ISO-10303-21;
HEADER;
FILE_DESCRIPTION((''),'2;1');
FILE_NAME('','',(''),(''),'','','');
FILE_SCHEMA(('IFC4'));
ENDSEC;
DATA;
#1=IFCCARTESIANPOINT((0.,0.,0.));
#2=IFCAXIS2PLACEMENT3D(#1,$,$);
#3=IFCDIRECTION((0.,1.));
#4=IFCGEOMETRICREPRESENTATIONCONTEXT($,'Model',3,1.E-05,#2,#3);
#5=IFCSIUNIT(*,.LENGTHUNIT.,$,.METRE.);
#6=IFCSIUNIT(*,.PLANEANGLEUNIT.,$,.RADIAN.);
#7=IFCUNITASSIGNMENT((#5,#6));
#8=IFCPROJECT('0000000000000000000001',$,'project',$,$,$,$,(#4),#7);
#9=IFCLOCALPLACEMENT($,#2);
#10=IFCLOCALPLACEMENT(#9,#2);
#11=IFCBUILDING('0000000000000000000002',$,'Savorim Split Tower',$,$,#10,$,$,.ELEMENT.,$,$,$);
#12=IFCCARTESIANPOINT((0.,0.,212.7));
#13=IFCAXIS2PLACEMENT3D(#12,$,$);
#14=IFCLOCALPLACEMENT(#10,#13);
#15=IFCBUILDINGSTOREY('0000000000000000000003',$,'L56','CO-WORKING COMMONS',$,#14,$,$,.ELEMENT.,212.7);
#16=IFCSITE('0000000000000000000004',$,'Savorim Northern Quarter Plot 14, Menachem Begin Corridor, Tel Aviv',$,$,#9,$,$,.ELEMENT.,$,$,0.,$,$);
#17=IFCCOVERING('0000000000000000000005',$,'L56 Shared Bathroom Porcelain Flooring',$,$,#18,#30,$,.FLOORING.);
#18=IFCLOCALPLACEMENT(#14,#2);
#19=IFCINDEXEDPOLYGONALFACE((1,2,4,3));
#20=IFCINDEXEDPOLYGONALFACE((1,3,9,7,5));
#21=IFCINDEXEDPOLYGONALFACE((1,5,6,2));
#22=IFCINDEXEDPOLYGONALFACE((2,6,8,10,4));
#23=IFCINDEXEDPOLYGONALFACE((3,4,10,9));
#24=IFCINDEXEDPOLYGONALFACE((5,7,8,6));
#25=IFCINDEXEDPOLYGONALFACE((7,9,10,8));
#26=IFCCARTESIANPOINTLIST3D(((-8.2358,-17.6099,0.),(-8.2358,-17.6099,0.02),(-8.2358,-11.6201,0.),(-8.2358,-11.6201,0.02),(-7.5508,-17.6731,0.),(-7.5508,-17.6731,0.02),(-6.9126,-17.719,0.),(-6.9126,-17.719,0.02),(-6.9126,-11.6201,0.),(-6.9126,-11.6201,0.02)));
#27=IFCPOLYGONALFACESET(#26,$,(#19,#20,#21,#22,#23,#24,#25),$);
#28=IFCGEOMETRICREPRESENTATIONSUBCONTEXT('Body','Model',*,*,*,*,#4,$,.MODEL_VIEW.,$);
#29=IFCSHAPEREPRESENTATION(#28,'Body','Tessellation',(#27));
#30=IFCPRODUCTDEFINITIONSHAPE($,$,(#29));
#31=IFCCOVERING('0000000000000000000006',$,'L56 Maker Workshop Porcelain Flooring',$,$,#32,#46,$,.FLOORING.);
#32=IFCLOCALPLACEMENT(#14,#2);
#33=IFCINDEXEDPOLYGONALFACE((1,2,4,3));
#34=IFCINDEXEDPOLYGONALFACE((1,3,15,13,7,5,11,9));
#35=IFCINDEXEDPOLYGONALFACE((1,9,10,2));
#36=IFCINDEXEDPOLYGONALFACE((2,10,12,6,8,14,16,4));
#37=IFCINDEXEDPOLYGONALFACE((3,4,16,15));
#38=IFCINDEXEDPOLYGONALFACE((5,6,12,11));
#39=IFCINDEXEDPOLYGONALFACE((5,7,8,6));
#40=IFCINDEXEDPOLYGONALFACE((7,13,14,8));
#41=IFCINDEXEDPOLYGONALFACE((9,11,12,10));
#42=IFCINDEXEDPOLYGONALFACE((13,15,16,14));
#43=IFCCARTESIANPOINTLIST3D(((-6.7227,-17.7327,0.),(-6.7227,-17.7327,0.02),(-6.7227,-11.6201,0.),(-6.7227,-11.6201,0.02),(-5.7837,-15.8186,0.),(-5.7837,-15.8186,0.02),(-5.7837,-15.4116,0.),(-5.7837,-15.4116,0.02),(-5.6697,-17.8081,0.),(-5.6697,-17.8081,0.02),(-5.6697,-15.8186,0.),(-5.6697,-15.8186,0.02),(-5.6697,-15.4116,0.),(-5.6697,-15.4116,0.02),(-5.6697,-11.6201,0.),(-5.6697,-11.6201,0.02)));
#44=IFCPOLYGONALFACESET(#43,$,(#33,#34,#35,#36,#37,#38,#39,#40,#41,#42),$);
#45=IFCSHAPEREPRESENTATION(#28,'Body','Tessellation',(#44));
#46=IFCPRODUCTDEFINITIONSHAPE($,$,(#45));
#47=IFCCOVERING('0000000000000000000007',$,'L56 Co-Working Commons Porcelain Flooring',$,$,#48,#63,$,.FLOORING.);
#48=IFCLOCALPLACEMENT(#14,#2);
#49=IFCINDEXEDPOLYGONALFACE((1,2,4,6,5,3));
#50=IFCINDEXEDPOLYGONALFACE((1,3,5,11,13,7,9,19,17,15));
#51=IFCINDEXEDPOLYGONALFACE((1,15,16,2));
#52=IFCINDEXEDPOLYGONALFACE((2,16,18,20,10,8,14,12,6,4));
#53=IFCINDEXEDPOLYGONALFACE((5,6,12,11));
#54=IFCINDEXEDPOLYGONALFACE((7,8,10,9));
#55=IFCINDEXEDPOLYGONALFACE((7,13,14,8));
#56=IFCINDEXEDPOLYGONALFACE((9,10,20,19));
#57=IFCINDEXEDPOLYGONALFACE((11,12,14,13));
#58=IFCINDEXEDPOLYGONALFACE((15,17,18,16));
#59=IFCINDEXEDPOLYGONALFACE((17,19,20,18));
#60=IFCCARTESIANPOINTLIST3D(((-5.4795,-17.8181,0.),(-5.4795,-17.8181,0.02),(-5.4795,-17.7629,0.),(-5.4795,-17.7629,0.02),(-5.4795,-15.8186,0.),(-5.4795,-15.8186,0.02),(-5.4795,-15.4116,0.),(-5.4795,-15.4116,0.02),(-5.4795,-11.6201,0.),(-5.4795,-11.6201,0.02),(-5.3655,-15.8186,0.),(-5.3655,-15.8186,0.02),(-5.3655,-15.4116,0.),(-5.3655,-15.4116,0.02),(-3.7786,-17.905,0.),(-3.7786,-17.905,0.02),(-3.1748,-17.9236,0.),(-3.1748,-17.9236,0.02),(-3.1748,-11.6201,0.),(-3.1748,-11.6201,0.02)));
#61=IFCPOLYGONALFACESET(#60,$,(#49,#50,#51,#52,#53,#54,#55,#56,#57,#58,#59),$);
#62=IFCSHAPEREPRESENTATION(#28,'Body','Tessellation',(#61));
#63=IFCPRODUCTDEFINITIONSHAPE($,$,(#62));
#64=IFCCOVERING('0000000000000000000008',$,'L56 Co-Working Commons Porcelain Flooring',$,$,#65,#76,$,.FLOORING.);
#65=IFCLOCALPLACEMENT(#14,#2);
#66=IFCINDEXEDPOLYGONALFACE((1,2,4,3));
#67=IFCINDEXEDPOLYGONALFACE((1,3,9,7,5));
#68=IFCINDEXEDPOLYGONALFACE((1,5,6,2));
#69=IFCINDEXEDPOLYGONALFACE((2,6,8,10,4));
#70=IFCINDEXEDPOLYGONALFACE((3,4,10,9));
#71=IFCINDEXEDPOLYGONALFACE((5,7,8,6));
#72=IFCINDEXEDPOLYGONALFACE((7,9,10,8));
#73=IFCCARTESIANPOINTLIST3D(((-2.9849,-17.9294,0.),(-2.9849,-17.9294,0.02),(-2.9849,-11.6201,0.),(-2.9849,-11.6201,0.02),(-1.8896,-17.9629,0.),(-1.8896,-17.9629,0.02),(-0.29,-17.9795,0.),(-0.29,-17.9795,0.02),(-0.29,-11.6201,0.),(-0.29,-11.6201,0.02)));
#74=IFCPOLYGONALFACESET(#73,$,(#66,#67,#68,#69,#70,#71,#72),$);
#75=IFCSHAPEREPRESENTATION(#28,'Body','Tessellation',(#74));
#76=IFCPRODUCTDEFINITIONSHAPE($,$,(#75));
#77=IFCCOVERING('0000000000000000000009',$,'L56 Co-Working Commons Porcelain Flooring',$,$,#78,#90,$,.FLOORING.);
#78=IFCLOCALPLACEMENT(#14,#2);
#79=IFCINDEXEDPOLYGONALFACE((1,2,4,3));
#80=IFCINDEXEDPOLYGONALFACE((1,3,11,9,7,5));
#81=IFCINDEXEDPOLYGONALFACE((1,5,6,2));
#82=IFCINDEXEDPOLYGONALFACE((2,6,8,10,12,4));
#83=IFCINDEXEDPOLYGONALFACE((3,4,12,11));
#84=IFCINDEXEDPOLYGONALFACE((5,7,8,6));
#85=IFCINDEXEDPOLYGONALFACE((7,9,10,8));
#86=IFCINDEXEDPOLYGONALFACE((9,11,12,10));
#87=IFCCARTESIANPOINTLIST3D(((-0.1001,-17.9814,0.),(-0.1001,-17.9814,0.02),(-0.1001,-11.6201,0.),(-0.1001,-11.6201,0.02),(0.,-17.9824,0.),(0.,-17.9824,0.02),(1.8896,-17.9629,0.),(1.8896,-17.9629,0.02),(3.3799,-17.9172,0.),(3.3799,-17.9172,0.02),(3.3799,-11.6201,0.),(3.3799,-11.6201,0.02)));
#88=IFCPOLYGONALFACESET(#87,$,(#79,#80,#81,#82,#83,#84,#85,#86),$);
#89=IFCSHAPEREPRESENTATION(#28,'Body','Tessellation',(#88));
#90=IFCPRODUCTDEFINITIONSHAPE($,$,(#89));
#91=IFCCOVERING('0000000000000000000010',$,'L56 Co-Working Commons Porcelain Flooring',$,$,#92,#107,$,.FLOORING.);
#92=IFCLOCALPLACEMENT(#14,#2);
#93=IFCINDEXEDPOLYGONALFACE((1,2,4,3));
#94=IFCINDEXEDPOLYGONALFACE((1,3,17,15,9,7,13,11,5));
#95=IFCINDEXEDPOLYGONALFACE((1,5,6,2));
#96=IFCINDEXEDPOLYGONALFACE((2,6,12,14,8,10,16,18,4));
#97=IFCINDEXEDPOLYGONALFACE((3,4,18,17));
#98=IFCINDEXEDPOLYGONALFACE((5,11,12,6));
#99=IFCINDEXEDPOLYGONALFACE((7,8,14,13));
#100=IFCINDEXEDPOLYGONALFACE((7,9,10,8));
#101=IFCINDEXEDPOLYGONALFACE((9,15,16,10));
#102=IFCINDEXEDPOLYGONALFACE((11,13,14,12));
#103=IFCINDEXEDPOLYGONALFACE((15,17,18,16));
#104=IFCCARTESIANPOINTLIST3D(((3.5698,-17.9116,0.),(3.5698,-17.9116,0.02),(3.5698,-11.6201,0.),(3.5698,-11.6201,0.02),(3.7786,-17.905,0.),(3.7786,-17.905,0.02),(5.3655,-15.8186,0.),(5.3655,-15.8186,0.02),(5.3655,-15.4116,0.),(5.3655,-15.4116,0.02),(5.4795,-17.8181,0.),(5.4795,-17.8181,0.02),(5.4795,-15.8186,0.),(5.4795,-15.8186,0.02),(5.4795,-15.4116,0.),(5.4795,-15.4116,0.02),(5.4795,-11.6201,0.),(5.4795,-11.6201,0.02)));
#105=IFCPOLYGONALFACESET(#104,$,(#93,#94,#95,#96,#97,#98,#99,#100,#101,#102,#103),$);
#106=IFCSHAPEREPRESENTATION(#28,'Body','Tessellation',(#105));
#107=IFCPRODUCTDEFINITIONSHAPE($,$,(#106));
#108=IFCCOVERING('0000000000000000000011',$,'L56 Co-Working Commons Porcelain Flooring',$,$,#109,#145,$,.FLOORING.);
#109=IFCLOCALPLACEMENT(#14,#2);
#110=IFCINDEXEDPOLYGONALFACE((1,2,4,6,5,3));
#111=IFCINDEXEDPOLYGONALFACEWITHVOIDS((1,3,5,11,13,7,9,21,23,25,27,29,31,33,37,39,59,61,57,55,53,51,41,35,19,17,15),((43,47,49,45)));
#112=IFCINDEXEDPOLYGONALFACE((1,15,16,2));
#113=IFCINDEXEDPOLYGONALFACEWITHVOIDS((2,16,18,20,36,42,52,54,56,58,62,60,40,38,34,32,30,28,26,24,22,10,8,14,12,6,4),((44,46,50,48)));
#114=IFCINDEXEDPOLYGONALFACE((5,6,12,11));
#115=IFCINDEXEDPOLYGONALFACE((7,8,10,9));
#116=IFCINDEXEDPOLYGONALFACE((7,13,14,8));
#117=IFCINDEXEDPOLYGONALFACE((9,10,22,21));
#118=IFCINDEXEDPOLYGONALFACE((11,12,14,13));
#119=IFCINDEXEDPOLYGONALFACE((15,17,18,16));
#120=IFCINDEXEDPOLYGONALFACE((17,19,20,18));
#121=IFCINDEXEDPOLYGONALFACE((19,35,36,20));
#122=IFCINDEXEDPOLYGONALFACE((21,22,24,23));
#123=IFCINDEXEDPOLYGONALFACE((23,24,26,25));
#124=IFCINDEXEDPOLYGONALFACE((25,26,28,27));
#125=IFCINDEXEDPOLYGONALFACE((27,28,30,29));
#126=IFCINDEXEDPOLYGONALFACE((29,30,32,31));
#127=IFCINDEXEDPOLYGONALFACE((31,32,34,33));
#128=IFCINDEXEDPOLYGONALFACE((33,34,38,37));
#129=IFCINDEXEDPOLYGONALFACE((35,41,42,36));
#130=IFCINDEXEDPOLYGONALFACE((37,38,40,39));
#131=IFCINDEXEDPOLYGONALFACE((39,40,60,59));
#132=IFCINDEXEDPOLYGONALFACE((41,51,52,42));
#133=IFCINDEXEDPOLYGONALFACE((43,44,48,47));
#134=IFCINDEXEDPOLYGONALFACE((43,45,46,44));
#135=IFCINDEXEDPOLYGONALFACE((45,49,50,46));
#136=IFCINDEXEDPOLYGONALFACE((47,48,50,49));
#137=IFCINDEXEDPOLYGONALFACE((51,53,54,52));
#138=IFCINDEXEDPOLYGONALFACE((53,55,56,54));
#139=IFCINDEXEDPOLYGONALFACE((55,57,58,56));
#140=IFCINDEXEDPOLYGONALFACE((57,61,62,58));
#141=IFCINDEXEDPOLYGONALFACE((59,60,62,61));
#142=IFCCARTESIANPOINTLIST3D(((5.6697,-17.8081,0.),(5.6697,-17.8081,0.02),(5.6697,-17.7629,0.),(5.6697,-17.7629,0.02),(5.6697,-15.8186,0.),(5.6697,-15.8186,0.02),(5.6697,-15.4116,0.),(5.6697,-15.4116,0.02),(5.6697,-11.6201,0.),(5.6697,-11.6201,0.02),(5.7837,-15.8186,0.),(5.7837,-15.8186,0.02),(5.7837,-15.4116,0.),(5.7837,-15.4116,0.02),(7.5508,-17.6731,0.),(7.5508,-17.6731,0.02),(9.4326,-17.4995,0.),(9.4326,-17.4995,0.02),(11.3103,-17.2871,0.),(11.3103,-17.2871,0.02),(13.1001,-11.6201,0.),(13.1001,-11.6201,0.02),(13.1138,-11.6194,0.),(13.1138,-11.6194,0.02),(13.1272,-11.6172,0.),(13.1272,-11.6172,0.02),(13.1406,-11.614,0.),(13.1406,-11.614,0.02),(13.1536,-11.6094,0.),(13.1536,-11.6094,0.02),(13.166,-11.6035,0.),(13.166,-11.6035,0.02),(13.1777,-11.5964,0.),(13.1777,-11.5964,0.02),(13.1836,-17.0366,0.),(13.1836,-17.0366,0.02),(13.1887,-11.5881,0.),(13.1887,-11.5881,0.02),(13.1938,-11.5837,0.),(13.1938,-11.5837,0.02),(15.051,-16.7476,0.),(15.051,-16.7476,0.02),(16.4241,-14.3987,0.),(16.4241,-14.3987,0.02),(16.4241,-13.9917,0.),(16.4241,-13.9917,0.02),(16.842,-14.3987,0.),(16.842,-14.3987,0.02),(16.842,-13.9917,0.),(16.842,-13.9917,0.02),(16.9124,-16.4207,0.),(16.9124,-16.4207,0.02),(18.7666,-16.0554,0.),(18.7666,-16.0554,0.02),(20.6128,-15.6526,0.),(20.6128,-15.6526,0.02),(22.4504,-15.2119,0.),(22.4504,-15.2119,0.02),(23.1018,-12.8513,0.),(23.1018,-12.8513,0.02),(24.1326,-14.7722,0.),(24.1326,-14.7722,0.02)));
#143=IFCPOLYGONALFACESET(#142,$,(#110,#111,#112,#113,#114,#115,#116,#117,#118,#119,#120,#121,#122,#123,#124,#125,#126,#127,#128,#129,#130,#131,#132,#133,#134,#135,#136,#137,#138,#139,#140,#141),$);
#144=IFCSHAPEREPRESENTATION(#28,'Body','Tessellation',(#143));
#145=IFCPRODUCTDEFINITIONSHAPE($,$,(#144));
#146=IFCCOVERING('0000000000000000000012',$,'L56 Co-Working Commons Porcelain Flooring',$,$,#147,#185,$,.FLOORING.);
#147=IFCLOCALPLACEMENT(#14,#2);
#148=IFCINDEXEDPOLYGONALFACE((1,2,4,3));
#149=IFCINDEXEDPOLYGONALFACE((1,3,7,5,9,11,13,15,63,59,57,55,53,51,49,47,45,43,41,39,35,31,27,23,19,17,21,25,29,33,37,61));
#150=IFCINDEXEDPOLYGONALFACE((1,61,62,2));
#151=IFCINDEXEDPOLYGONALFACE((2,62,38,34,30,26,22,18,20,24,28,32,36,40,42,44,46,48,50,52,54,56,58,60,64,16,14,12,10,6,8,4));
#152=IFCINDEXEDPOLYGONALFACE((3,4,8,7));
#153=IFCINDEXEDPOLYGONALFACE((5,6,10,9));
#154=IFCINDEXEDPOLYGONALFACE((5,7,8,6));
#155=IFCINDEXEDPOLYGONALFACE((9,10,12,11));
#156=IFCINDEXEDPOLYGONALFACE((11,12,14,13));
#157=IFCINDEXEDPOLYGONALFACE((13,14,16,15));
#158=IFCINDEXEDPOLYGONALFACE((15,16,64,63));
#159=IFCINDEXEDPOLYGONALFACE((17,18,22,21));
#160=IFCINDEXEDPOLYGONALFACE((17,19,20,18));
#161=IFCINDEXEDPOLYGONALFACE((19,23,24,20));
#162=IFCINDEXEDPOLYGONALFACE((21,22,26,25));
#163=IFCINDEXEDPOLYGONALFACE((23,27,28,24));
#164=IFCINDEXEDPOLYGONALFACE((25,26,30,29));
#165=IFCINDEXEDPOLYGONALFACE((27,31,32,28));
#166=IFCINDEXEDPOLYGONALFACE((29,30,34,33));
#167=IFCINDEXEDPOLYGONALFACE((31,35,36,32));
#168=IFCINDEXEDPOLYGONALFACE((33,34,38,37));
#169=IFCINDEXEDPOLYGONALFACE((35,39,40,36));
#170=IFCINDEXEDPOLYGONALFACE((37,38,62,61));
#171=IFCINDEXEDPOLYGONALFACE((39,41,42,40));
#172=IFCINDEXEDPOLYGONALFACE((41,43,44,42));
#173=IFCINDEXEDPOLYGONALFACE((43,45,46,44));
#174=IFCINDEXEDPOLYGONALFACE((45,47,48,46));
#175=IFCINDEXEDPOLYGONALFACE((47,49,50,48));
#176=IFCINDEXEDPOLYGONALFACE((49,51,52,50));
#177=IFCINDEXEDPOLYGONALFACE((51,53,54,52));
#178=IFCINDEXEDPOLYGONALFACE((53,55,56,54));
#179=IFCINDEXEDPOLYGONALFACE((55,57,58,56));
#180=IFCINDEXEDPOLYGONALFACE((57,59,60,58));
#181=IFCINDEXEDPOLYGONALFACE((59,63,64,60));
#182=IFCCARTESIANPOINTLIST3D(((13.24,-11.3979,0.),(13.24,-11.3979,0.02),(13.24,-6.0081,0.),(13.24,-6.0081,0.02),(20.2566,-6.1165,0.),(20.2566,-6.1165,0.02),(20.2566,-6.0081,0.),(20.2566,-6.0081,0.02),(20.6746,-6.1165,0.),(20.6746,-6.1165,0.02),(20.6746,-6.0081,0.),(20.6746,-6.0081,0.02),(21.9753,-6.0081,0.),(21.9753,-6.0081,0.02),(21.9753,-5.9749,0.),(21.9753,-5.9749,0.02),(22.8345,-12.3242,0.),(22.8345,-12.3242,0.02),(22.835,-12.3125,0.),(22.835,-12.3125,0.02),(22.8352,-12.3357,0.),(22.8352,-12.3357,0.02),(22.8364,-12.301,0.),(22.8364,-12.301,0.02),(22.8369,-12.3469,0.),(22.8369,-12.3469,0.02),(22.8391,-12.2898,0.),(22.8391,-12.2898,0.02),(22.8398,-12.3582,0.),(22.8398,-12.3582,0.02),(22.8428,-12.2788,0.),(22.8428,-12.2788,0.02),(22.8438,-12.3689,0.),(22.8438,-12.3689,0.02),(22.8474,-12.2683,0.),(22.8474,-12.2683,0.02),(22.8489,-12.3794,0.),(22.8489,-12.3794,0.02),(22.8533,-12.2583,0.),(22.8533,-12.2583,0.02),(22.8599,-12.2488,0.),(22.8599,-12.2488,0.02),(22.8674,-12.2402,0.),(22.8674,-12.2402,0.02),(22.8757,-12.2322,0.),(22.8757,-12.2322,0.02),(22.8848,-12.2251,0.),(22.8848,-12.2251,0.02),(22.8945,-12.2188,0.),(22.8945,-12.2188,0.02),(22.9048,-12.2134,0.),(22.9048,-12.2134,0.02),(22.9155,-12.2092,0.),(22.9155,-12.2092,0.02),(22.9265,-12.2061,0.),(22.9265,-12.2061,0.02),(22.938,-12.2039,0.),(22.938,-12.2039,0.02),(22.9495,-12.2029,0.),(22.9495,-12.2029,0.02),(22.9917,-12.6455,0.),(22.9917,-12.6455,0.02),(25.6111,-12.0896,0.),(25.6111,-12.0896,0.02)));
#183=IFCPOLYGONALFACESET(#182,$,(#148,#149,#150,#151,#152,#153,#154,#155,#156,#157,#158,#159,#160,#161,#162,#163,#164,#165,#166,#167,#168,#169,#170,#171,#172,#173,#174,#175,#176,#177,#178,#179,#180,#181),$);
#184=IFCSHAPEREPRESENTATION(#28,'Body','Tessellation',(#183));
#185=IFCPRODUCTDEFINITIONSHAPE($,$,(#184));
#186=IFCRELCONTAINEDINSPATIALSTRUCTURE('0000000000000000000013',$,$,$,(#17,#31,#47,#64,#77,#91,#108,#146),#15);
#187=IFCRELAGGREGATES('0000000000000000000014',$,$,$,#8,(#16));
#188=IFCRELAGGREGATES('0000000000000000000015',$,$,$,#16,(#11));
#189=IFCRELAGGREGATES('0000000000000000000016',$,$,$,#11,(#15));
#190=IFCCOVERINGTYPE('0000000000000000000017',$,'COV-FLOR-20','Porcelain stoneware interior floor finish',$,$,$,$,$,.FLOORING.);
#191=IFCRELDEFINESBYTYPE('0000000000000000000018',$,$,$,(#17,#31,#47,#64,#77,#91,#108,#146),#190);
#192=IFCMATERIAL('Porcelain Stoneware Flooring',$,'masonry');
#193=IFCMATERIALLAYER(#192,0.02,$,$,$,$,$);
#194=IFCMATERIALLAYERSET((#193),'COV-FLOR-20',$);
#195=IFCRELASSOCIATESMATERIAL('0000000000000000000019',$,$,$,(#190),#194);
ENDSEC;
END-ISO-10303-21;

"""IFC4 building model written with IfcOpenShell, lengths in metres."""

from ifc_helpers import new_model, si_unit, direction, frame, origin, place, context, subcontext, project, spatial, polyline, outline, extrude, material, layer, layer_set, type_object, element, save


model = new_model("IFC4")

# Units and contexts
model_context = context("Model", 3, precision=1e-05, world=origin(), true_north=direction((0.0, 1.0)))
body_context = subcontext(model_context, "Body", "Model", "MODEL_VIEW")
ifc_project = project(units=[si_unit("LENGTHUNIT", "METRE"), si_unit("PLANEANGLEUNIT", "RADIAN")], contexts=[model_context])

# Site, building, storey
site_placement = place(None, origin())
site = spatial("IfcSite", under=ifc_project, at=site_placement, Name="Savorim Northern Quarter Plot 14, Menachem Begin Corridor, Tel Aviv", CompositionType="ELEMENT", RefElevation=0.0)
building_placement = place(site_placement, origin())
building = spatial("IfcBuilding", under=site, at=building_placement, Name="Savorim Split Tower", CompositionType="ELEMENT")
storey_placement = place(building_placement, frame((0.0, 0.0, 212.7)))
storey = spatial("IfcBuildingStorey", under=building, at=storey_placement, Name="L56", Description="CO-WORKING COMMONS", CompositionType="ELEMENT", Elevation=212.7)

# Coverings
ifc_material_1 = material(Name="Porcelain Stoneware Flooring", Category="masonry")
ifc_layer_1 = layer(ifc_material_1, 0.02)
ifc_layer_set_1 = layer_set([ifc_layer_1], Name="COV-FLOR-20")
covering_type_1 = type_object("IfcCoveringType", Name="COV-FLOR-20", Description="Porcelain stoneware interior floor finish", PredefinedType="FLOORING", material=ifc_layer_set_1)
covering_1_placement = place(storey_placement, origin())
element("IfcCovering", 1, at=covering_1_placement, inside=storey, type_object=covering_type_1, Name="L56 Shared Bathroom Porcelain Flooring", PredefinedType="FLOORING", context=body_context, shape_type="SweptSolid", body=[
    extrude(outline(polyline([(-6.9126, -11.6201), (-8.2358, -11.6201), (-8.2358, -17.6099), (-7.5508, -17.6731), (-6.9126, -17.719), (-6.9126, -11.6201)])), origin(), (0.0, 0.0, 1.0), 0.02),
])
covering_2_placement = place(storey_placement, origin())
element("IfcCovering", 2, at=covering_2_placement, inside=storey, type_object=covering_type_1, Name="L56 Maker Workshop Porcelain Flooring", PredefinedType="FLOORING", context=body_context, shape_type="SweptSolid", body=[
    extrude(outline(polyline([(-5.7837, -15.4116), (-5.6697, -15.4116), (-5.6697, -11.6201), (-6.7227, -11.6201), (-6.7227, -17.7327), (-5.6697, -17.8081), (-5.6697, -15.8186), (-5.7837, -15.8186), (-5.7837, -15.4116)])), origin(), (0.0, 0.0, 1.0), 0.02),
])
covering_3_placement = place(storey_placement, origin())
element("IfcCovering", 3, at=covering_3_placement, inside=storey, type_object=covering_type_1, Name="L56 Co-Working Commons Porcelain Flooring", PredefinedType="FLOORING", context=body_context, shape_type="SweptSolid", body=[
    extrude(outline(polyline([(-5.4795, -17.7629), (-5.4795, -17.8181), (-3.7786, -17.905), (-3.1748, -17.9236), (-3.1748, -11.6201), (-5.4795, -11.6201), (-5.4795, -15.4116), (-5.3655, -15.4116), (-5.3655, -15.8186), (-5.4795, -15.8186), (-5.4795, -17.7629)])), origin(), (0.0, 0.0, 1.0), 0.02),
])
covering_4_placement = place(storey_placement, origin())
element("IfcCovering", 4, at=covering_4_placement, inside=storey, type_object=covering_type_1, Name="L56 Co-Working Commons Porcelain Flooring", PredefinedType="FLOORING", context=body_context, shape_type="SweptSolid", body=[
    extrude(outline(polyline([(-2.9849, -11.6201), (-2.9849, -17.9294), (-1.8896, -17.9629), (-0.29, -17.9795), (-0.29, -11.6201), (-2.9849, -11.6201)])), origin(), (0.0, 0.0, 1.0), 0.02),
])
covering_5_placement = place(storey_placement, origin())
element("IfcCovering", 5, at=covering_5_placement, inside=storey, type_object=covering_type_1, Name="L56 Co-Working Commons Porcelain Flooring", PredefinedType="FLOORING", context=body_context, shape_type="SweptSolid", body=[
    extrude(outline(polyline([(-0.1001, -17.9814), (0.0, -17.9824), (1.8896, -17.9629), (3.3799, -17.9172), (3.3799, -11.6201), (-0.1001, -11.6201), (-0.1001, -17.9814)])), origin(), (0.0, 0.0, 1.0), 0.02),
])
covering_6_placement = place(storey_placement, origin())
element("IfcCovering", 6, at=covering_6_placement, inside=storey, type_object=covering_type_1, Name="L56 Co-Working Commons Porcelain Flooring", PredefinedType="FLOORING", context=body_context, shape_type="SweptSolid", body=[
    extrude(outline(polyline([(5.4795, -11.6201), (3.5698, -11.6201), (3.5698, -17.9116), (3.7786, -17.905), (5.4795, -17.8181), (5.4795, -15.8186), (5.3655, -15.8186), (5.3655, -15.4116), (5.4795, -15.4116), (5.4795, -11.6201)])), origin(), (0.0, 0.0, 1.0), 0.02),
])
covering_7_placement = place(storey_placement, origin())
element("IfcCovering", 7, at=covering_7_placement, inside=storey, type_object=covering_type_1, Name="L56 Co-Working Commons Porcelain Flooring", PredefinedType="FLOORING", context=body_context, shape_type="SweptSolid", body=[
    extrude(outline(polyline([(20.6128, -15.6526), (22.4504, -15.2119), (24.1326, -14.7722), (23.1018, -12.8513), (13.1938, -11.5837), (13.1887, -11.5881), (13.1777, -11.5964), (13.166, -11.6035), (13.1536, -11.6094), (13.1406, -11.614), (13.1272, -11.6172), (13.1138, -11.6194), (13.1001, -11.6201), (5.6697, -11.6201), (5.6697, -15.4116), (5.7837, -15.4116), (5.7837, -15.8186), (5.6697, -15.8186), (5.6697, -17.7629), (5.6697, -17.8081), (7.5508, -17.6731), (9.4326, -17.4995), (11.3103, -17.2871), (13.1836, -17.0366), (15.051, -16.7476), (16.9124, -16.4207), (18.7666, -16.0554), (20.6128, -15.6526)]), holes=[polyline([(16.842, -14.3987), (16.842, -13.9917), (16.4241, -13.9917), (16.4241, -14.3987), (16.842, -14.3987)])]), origin(), (0.0, 0.0, 1.0), 0.02),
])
covering_8_placement = place(storey_placement, origin())
element("IfcCovering", 8, at=covering_8_placement, inside=storey, type_object=covering_type_1, Name="L56 Co-Working Commons Porcelain Flooring", PredefinedType="FLOORING", context=body_context, shape_type="SweptSolid", body=[
    extrude(outline(polyline([(22.9265, -12.2061), (22.938, -12.2039), (22.9495, -12.2029), (25.6111, -12.0896), (21.9753, -5.9749), (21.9753, -6.0081), (20.6746, -6.0081), (20.6746, -6.1165), (20.2566, -6.1165), (20.2566, -6.0081), (13.24, -6.0081), (13.24, -11.3979), (22.9917, -12.6455), (22.8489, -12.3794), (22.8438, -12.3689), (22.8398, -12.3582), (22.8369, -12.3469), (22.8352, -12.3357), (22.8345, -12.3242), (22.835, -12.3125), (22.8364, -12.301), (22.8391, -12.2898), (22.8428, -12.2788), (22.8474, -12.2683), (22.8533, -12.2583), (22.8599, -12.2488), (22.8674, -12.2402), (22.8757, -12.2322), (22.8848, -12.2251), (22.8945, -12.2188), (22.9048, -12.2134), (22.9155, -12.2092), (22.9265, -12.2061)])), origin(), (0.0, 0.0, 1.0), 0.02),
])

save(model, "model.ifc")
